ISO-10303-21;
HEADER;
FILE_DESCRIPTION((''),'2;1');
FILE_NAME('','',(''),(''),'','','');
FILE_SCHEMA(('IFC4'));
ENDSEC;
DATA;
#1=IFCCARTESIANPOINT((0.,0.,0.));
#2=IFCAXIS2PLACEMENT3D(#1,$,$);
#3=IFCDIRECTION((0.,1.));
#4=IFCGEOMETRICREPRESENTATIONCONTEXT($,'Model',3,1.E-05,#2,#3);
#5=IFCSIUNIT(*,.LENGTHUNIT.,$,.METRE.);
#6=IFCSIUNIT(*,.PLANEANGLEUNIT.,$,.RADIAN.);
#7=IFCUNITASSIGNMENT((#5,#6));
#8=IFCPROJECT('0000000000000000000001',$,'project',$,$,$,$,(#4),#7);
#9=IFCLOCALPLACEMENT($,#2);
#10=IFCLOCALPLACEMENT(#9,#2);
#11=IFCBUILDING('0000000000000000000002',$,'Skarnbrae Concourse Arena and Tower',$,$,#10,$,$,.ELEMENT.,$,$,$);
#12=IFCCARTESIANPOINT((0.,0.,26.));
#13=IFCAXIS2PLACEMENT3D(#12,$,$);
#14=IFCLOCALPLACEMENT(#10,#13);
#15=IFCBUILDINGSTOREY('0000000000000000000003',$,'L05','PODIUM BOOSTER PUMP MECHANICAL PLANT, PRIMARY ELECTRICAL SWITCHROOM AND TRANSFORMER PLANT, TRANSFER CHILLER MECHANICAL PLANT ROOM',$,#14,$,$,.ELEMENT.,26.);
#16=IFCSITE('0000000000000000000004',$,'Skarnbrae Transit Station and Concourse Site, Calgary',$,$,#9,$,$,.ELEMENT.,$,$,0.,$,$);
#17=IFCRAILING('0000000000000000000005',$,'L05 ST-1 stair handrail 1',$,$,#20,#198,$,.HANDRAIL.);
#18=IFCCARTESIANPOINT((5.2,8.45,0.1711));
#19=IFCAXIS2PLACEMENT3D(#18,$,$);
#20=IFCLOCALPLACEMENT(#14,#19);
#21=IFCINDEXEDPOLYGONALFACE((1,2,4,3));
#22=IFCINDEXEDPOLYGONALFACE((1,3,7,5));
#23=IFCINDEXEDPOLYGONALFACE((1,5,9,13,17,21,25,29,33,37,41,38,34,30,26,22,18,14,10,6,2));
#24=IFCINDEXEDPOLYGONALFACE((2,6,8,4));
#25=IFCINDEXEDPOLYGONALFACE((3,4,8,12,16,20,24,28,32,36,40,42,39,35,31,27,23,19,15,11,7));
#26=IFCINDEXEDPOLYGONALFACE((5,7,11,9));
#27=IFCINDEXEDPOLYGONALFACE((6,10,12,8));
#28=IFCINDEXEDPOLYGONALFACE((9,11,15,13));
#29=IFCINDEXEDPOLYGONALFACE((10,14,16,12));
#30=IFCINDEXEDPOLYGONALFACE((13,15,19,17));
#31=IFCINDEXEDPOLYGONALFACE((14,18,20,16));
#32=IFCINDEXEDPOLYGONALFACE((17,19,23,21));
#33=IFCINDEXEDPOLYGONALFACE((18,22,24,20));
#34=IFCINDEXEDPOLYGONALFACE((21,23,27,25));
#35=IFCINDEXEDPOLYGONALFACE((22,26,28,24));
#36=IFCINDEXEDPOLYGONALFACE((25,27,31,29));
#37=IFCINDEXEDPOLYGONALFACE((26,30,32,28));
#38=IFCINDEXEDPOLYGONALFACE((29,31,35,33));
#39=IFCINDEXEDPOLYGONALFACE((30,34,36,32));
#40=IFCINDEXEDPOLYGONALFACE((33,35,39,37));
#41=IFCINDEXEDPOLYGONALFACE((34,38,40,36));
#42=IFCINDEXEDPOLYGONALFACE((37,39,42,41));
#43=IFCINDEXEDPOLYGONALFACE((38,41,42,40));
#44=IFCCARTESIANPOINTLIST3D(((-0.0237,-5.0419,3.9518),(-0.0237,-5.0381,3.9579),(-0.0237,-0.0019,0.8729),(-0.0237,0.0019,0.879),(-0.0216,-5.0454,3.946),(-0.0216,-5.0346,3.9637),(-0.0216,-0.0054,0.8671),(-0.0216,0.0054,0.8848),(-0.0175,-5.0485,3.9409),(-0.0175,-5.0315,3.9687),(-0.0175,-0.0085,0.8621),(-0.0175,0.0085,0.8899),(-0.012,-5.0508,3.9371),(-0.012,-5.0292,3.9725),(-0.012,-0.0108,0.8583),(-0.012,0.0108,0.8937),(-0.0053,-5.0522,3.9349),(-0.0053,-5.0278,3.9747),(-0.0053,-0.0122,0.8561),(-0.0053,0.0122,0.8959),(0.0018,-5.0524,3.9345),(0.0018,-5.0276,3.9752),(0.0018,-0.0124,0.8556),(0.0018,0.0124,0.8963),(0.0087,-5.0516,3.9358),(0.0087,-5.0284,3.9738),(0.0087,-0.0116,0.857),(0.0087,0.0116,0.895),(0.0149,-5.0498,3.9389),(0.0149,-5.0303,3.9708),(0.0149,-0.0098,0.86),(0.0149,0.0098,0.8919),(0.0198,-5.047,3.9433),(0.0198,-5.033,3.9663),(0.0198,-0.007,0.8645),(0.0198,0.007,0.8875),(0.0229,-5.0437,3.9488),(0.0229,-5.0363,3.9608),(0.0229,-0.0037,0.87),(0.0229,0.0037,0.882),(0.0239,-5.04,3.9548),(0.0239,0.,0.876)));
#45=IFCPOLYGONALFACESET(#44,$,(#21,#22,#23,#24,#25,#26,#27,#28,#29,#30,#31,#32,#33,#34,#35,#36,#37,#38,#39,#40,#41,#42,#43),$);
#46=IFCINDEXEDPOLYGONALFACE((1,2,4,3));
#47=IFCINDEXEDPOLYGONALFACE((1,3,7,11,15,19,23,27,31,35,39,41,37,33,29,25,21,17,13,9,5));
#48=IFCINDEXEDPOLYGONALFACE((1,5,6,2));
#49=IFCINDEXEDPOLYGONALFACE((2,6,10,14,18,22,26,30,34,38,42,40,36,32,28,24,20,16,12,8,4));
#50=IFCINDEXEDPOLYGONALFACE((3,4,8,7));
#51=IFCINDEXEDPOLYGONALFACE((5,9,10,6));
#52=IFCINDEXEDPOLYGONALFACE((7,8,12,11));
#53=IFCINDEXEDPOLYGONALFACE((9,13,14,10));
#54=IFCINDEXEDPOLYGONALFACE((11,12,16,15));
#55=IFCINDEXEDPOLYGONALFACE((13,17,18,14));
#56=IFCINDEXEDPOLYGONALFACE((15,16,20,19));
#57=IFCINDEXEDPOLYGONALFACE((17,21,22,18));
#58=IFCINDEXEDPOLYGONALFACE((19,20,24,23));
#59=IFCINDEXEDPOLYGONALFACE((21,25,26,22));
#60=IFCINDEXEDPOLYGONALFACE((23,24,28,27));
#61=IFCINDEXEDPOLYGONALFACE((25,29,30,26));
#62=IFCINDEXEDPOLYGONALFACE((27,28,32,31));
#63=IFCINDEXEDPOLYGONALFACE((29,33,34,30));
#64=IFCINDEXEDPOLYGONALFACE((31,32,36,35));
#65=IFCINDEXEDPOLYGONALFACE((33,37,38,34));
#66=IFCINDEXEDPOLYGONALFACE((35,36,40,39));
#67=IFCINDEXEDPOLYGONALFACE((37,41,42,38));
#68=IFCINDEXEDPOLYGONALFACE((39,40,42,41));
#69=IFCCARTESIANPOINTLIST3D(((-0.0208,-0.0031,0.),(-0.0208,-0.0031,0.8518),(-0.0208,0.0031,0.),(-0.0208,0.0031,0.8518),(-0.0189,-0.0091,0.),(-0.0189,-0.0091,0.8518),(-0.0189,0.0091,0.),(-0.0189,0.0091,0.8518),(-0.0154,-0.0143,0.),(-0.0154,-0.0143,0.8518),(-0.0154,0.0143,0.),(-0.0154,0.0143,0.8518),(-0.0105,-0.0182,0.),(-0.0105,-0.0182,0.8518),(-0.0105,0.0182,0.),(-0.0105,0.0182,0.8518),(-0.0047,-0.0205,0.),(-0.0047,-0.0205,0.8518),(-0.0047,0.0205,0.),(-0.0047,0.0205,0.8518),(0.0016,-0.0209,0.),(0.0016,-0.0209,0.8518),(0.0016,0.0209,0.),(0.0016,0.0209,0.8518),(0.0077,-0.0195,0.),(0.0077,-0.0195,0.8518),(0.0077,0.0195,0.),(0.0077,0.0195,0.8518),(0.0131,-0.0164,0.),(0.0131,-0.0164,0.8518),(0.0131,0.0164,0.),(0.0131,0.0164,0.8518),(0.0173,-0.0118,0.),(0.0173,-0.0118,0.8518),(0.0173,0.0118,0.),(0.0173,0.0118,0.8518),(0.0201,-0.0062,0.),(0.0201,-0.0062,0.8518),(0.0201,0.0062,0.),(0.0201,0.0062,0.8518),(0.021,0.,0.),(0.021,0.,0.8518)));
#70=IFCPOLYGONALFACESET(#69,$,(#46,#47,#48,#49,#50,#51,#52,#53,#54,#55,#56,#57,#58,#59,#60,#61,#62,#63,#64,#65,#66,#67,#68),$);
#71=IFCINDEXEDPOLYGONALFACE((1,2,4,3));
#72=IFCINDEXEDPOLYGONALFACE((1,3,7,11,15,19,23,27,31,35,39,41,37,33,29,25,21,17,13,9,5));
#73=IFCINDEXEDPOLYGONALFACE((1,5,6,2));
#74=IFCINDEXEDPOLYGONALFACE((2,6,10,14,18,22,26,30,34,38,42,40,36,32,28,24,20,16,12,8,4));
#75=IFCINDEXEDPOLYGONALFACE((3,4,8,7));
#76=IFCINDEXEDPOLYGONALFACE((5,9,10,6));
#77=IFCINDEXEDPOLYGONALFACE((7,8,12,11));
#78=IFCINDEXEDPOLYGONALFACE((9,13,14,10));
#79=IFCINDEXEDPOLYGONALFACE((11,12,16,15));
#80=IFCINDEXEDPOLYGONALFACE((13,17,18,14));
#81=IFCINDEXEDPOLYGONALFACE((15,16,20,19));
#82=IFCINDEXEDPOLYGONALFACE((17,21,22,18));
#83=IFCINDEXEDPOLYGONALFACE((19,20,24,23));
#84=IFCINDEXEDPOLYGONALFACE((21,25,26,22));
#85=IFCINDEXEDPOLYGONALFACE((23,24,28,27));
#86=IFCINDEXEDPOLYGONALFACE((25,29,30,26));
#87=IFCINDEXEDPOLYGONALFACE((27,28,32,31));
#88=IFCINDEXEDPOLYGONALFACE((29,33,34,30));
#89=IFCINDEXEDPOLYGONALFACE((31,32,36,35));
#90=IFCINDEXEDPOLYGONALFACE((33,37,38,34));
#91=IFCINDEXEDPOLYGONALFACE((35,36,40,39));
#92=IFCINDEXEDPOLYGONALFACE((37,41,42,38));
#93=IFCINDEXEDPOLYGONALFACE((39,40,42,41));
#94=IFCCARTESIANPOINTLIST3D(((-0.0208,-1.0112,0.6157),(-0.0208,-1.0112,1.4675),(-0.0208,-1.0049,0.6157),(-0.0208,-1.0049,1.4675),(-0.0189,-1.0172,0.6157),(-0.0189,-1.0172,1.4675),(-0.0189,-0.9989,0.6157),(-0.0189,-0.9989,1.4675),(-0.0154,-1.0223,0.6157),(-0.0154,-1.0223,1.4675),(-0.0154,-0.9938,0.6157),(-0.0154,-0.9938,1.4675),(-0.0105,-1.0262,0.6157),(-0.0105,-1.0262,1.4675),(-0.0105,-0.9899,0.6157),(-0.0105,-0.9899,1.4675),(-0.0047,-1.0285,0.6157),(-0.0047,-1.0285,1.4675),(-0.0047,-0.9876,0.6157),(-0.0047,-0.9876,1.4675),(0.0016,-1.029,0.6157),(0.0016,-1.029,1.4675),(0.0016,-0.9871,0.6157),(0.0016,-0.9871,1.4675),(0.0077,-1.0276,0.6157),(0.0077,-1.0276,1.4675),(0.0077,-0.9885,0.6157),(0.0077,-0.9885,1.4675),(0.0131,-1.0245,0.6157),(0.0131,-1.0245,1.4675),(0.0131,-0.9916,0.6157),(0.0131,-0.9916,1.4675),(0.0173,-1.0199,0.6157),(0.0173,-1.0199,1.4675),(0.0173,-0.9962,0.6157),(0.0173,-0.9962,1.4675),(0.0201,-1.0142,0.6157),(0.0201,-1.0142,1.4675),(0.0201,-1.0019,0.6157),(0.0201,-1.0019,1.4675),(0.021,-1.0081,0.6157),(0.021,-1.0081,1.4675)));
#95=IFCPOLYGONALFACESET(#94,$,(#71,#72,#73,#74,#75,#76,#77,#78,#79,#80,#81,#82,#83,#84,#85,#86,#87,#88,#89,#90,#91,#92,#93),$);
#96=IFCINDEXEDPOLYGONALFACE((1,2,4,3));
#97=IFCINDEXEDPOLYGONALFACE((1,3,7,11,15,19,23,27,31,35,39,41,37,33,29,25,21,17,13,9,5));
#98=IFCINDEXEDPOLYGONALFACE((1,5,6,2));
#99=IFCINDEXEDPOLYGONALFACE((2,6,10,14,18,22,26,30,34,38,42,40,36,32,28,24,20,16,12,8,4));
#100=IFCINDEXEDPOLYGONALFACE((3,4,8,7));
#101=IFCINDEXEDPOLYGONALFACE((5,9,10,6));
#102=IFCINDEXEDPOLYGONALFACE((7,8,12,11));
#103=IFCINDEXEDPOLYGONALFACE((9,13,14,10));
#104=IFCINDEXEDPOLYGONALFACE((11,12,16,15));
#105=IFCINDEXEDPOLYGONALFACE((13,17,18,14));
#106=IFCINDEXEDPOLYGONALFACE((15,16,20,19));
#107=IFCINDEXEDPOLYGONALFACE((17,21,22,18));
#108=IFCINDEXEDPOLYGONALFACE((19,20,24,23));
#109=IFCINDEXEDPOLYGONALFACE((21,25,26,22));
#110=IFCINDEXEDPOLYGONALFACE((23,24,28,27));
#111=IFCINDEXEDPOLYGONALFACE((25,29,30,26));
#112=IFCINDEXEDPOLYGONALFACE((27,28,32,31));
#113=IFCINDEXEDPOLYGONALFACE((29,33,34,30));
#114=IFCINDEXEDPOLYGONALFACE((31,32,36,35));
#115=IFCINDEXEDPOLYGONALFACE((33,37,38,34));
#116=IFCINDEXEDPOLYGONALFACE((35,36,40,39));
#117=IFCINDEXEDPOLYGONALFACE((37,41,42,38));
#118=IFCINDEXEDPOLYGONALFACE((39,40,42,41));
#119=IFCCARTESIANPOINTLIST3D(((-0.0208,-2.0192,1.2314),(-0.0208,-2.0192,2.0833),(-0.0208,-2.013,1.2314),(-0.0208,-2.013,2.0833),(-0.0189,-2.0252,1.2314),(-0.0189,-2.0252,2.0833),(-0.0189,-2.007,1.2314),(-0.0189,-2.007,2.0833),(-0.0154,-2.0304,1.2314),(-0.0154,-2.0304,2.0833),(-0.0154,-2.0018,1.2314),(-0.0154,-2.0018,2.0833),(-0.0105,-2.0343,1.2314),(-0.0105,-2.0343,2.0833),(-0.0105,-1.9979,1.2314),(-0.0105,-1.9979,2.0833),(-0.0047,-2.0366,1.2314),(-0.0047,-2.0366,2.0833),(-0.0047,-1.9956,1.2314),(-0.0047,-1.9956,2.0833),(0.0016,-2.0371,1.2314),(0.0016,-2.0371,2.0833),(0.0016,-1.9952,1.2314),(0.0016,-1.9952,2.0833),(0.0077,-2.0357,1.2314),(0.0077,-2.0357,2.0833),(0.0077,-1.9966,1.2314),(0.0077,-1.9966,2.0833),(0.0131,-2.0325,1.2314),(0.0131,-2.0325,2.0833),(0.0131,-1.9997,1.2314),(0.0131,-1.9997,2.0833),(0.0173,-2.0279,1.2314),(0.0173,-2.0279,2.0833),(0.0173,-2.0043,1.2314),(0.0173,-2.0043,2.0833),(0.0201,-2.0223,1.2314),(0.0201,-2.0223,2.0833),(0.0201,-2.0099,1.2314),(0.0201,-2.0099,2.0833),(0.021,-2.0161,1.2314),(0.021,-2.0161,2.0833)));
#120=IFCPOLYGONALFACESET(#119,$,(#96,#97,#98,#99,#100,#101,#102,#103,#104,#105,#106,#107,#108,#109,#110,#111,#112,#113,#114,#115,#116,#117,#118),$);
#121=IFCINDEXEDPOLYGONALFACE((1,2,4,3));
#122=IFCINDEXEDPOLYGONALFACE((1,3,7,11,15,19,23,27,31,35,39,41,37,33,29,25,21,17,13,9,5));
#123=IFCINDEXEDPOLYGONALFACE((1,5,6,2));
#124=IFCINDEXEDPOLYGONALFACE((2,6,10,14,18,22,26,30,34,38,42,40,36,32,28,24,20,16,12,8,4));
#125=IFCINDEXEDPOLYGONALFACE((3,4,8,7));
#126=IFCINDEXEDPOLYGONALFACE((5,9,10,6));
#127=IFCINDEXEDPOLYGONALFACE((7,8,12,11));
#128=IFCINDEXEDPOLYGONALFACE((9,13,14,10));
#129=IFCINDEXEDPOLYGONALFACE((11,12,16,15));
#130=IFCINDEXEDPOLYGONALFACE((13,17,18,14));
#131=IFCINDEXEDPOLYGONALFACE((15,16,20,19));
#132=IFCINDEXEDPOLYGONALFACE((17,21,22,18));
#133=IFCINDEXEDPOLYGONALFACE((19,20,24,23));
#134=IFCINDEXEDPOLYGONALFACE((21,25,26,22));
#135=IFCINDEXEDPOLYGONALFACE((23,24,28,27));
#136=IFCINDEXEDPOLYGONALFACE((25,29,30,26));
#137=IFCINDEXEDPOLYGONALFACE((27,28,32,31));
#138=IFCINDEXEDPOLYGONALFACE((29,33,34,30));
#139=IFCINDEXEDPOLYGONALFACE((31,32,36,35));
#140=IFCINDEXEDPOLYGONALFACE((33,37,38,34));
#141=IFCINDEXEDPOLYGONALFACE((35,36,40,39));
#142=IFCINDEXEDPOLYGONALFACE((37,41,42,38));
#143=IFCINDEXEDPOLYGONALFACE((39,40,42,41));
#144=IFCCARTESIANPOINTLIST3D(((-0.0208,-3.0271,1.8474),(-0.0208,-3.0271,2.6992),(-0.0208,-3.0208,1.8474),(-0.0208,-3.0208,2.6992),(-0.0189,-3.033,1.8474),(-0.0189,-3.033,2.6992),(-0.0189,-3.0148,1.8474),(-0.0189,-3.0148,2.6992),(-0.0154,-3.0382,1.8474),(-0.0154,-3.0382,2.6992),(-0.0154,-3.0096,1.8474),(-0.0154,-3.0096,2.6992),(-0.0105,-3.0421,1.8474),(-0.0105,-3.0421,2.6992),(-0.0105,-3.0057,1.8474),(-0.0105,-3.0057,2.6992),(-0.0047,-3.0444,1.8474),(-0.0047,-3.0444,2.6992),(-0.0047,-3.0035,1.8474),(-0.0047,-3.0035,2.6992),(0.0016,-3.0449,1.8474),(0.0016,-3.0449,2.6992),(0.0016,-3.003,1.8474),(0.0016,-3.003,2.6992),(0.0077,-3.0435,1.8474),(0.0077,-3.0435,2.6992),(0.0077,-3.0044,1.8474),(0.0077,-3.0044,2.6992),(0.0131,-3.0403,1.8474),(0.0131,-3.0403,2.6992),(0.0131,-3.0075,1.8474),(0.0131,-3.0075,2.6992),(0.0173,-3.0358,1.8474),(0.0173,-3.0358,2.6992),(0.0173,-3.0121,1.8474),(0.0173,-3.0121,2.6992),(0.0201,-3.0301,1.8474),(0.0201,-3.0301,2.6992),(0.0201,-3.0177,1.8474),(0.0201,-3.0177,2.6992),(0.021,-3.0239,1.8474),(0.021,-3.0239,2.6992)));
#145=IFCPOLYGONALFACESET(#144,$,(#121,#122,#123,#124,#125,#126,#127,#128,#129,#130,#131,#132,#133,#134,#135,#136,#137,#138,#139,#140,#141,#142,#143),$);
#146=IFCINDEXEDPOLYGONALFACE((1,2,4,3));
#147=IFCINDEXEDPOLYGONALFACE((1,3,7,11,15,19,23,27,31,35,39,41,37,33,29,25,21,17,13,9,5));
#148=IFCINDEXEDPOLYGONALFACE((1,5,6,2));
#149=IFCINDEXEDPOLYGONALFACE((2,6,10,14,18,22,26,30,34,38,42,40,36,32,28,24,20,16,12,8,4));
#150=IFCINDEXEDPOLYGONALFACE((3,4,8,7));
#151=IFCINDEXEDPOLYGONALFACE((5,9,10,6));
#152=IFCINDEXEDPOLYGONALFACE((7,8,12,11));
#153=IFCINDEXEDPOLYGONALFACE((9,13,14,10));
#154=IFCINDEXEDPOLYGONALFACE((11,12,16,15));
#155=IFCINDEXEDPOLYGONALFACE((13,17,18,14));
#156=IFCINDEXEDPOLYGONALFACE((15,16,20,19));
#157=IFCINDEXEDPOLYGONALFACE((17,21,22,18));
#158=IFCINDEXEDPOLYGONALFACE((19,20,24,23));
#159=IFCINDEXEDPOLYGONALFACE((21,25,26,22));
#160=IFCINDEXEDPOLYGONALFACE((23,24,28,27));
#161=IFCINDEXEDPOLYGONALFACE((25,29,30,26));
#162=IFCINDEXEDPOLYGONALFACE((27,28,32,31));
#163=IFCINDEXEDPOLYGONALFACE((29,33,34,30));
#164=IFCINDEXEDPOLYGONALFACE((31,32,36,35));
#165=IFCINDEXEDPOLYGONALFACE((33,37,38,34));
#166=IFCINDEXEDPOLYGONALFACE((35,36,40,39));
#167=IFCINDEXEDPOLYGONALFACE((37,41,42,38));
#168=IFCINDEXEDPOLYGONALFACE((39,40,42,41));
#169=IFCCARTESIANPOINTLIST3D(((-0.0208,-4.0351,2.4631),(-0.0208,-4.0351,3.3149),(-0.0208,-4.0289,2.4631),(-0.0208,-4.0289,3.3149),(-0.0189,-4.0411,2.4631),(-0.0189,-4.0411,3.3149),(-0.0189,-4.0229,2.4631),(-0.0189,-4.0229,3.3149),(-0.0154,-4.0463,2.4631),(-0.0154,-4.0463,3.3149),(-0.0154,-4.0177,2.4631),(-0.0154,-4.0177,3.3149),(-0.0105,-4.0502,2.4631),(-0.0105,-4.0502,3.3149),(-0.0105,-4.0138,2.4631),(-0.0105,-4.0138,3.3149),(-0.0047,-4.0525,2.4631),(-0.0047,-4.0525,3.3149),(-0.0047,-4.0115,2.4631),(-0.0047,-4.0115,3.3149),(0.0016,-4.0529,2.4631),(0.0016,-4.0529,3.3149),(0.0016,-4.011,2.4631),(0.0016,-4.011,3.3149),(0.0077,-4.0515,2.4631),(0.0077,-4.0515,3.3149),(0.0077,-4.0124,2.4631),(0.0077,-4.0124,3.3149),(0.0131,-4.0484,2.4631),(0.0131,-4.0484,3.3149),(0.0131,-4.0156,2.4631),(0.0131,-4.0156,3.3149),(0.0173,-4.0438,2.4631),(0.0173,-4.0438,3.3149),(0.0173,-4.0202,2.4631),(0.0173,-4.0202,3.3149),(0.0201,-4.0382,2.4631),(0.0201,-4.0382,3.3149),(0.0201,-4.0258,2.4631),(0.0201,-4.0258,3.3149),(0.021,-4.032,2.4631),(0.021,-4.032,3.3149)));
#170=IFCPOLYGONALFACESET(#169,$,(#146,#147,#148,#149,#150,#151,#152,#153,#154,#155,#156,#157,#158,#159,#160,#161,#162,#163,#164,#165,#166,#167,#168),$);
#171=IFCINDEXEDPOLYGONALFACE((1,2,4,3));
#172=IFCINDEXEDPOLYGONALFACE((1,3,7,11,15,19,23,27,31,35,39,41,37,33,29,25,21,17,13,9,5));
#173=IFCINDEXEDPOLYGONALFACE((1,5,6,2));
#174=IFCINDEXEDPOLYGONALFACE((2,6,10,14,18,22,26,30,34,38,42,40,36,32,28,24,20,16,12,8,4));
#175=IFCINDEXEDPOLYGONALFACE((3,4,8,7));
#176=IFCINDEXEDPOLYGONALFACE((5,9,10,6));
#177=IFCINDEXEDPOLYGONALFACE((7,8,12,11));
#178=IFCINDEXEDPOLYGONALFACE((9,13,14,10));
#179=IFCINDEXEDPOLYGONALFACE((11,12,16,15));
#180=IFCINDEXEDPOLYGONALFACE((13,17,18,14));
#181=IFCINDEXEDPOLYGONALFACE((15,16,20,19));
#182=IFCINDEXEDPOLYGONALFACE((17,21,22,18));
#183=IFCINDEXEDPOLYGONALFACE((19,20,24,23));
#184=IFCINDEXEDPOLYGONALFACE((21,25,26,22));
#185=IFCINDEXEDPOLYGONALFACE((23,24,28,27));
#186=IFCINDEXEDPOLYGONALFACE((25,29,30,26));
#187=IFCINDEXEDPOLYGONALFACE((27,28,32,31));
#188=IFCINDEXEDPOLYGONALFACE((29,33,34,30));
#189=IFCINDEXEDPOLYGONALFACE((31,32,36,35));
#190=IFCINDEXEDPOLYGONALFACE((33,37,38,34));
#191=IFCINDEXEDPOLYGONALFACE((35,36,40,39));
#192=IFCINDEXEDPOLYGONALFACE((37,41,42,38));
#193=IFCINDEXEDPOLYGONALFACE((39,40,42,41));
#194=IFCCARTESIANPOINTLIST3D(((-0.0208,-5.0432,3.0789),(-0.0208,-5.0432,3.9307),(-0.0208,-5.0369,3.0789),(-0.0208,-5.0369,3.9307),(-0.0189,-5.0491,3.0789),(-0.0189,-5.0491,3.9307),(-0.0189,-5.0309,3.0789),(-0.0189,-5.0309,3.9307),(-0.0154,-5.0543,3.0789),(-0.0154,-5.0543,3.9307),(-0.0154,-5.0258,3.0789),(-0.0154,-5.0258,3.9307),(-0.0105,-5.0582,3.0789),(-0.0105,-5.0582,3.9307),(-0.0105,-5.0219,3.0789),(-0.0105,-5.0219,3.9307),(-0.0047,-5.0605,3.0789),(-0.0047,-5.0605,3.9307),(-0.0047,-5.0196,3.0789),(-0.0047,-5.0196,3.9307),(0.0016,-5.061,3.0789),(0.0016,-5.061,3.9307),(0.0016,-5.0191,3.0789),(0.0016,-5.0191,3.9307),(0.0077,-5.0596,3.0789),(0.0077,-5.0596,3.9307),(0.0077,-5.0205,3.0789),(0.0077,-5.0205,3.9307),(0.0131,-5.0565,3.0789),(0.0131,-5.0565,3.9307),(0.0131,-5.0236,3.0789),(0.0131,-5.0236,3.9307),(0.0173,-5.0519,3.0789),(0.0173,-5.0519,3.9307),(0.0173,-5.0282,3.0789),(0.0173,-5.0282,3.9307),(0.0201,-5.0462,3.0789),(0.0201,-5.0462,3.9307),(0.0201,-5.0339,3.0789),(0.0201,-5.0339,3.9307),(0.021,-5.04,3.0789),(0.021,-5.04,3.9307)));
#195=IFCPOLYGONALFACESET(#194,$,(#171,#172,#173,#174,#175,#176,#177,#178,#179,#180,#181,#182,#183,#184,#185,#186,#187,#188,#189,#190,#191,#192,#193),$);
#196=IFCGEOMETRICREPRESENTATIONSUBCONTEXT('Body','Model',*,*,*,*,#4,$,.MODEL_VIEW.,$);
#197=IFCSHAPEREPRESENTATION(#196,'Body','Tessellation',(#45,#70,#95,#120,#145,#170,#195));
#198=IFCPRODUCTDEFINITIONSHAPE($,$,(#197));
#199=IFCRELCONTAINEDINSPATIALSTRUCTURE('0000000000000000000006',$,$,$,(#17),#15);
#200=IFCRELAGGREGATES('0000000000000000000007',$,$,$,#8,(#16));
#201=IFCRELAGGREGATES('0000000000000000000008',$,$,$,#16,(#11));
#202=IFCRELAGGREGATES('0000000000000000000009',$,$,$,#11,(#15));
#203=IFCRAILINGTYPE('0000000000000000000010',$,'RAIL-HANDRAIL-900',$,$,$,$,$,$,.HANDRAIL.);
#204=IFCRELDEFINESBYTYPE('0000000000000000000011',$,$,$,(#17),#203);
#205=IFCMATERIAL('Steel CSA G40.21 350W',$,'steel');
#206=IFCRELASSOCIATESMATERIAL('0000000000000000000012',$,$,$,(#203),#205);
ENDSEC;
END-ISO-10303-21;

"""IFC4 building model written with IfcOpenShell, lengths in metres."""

from ifc_helpers import new_model, si_unit, direction, frame, origin, origin_2d, place, context, subcontext, project, spatial, circle, extrude, material, type_object, element, save


model = new_model("IFC4")

# Units and contexts
model_context = context("Model", 3, precision=1e-05, world=origin(), true_north=direction((0.0, 1.0)))
body_context = subcontext(model_context, "Body", "Model", "MODEL_VIEW")
ifc_project = project(units=[si_unit("LENGTHUNIT", "METRE"), si_unit("PLANEANGLEUNIT", "RADIAN")], contexts=[model_context])

# Site, building, storey
site_placement = place(None, origin())
site = spatial("IfcSite", under=ifc_project, at=site_placement, Name="Skarnbrae Transit Station and Concourse Site, Calgary", CompositionType="ELEMENT", RefElevation=0.0)
building_placement = place(site_placement, origin())
building = spatial("IfcBuilding", under=site, at=building_placement, Name="Skarnbrae Concourse Arena and Tower", CompositionType="ELEMENT")
storey_placement = place(building_placement, frame((0.0, 0.0, 26.0)))
storey = spatial("IfcBuildingStorey", under=building, at=storey_placement, Name="L05", Description="PODIUM BOOSTER PUMP MECHANICAL PLANT, PRIMARY ELECTRICAL SWITCHROOM AND TRANSFORMER PLANT, TRANSFER CHILLER MECHANICAL PLANT ROOM", CompositionType="ELEMENT", Elevation=26.0)

# Shared definitions
ifc_material_1 = material(Name="Steel CSA G40.21 350W", Category="steel")

# Railing
railing_type_1 = type_object("IfcRailingType", Name="RAIL-HANDRAIL-900", PredefinedType="HANDRAIL", material=ifc_material_1)
railing_1_placement = place(storey_placement, frame((5.2, 8.45, 0.1711)))
element("IfcRailing", 1, at=railing_1_placement, inside=storey, type_object=railing_type_1, Name="L05 ST-1 stair handrail 1", PredefinedType="HANDRAIL", context=body_context, shape_type="SweptSolid", body=[
    extrude(circle(Radius=0.0239, at=origin_2d()), frame((0.0, 0.0, 0.876), z_axis=(0.0, -0.85337, 0.521306), x_axis=(1.0, 0.0, 0.0)), (0.0, 0.0, 1.0), 5.906),
    extrude(circle(Radius=0.021, at=origin_2d()), origin(), (0.0, 0.0, 1.0), 0.8518),
    extrude(circle(Radius=0.021, at=origin_2d()), frame((0.0, -1.0081, 0.6157)), (0.0, 0.0, 1.0), 0.8518),
    extrude(circle(Radius=0.021, at=origin_2d()), frame((0.0, -2.0161, 1.2314)), (0.0, 0.0, 1.0), 0.8518),
    extrude(circle(Radius=0.021, at=origin_2d()), frame((0.0, -3.0239, 1.8474)), (0.0, 0.0, 1.0), 0.8518),
    extrude(circle(Radius=0.021, at=origin_2d()), frame((0.0, -4.032, 2.4631)), (0.0, 0.0, 1.0), 0.8518),
    extrude(circle(Radius=0.021, at=origin_2d()), frame((0.0, -5.04, 3.0789)), (0.0, 0.0, 1.0), 0.8518),
])

save(model, "model.ifc")
